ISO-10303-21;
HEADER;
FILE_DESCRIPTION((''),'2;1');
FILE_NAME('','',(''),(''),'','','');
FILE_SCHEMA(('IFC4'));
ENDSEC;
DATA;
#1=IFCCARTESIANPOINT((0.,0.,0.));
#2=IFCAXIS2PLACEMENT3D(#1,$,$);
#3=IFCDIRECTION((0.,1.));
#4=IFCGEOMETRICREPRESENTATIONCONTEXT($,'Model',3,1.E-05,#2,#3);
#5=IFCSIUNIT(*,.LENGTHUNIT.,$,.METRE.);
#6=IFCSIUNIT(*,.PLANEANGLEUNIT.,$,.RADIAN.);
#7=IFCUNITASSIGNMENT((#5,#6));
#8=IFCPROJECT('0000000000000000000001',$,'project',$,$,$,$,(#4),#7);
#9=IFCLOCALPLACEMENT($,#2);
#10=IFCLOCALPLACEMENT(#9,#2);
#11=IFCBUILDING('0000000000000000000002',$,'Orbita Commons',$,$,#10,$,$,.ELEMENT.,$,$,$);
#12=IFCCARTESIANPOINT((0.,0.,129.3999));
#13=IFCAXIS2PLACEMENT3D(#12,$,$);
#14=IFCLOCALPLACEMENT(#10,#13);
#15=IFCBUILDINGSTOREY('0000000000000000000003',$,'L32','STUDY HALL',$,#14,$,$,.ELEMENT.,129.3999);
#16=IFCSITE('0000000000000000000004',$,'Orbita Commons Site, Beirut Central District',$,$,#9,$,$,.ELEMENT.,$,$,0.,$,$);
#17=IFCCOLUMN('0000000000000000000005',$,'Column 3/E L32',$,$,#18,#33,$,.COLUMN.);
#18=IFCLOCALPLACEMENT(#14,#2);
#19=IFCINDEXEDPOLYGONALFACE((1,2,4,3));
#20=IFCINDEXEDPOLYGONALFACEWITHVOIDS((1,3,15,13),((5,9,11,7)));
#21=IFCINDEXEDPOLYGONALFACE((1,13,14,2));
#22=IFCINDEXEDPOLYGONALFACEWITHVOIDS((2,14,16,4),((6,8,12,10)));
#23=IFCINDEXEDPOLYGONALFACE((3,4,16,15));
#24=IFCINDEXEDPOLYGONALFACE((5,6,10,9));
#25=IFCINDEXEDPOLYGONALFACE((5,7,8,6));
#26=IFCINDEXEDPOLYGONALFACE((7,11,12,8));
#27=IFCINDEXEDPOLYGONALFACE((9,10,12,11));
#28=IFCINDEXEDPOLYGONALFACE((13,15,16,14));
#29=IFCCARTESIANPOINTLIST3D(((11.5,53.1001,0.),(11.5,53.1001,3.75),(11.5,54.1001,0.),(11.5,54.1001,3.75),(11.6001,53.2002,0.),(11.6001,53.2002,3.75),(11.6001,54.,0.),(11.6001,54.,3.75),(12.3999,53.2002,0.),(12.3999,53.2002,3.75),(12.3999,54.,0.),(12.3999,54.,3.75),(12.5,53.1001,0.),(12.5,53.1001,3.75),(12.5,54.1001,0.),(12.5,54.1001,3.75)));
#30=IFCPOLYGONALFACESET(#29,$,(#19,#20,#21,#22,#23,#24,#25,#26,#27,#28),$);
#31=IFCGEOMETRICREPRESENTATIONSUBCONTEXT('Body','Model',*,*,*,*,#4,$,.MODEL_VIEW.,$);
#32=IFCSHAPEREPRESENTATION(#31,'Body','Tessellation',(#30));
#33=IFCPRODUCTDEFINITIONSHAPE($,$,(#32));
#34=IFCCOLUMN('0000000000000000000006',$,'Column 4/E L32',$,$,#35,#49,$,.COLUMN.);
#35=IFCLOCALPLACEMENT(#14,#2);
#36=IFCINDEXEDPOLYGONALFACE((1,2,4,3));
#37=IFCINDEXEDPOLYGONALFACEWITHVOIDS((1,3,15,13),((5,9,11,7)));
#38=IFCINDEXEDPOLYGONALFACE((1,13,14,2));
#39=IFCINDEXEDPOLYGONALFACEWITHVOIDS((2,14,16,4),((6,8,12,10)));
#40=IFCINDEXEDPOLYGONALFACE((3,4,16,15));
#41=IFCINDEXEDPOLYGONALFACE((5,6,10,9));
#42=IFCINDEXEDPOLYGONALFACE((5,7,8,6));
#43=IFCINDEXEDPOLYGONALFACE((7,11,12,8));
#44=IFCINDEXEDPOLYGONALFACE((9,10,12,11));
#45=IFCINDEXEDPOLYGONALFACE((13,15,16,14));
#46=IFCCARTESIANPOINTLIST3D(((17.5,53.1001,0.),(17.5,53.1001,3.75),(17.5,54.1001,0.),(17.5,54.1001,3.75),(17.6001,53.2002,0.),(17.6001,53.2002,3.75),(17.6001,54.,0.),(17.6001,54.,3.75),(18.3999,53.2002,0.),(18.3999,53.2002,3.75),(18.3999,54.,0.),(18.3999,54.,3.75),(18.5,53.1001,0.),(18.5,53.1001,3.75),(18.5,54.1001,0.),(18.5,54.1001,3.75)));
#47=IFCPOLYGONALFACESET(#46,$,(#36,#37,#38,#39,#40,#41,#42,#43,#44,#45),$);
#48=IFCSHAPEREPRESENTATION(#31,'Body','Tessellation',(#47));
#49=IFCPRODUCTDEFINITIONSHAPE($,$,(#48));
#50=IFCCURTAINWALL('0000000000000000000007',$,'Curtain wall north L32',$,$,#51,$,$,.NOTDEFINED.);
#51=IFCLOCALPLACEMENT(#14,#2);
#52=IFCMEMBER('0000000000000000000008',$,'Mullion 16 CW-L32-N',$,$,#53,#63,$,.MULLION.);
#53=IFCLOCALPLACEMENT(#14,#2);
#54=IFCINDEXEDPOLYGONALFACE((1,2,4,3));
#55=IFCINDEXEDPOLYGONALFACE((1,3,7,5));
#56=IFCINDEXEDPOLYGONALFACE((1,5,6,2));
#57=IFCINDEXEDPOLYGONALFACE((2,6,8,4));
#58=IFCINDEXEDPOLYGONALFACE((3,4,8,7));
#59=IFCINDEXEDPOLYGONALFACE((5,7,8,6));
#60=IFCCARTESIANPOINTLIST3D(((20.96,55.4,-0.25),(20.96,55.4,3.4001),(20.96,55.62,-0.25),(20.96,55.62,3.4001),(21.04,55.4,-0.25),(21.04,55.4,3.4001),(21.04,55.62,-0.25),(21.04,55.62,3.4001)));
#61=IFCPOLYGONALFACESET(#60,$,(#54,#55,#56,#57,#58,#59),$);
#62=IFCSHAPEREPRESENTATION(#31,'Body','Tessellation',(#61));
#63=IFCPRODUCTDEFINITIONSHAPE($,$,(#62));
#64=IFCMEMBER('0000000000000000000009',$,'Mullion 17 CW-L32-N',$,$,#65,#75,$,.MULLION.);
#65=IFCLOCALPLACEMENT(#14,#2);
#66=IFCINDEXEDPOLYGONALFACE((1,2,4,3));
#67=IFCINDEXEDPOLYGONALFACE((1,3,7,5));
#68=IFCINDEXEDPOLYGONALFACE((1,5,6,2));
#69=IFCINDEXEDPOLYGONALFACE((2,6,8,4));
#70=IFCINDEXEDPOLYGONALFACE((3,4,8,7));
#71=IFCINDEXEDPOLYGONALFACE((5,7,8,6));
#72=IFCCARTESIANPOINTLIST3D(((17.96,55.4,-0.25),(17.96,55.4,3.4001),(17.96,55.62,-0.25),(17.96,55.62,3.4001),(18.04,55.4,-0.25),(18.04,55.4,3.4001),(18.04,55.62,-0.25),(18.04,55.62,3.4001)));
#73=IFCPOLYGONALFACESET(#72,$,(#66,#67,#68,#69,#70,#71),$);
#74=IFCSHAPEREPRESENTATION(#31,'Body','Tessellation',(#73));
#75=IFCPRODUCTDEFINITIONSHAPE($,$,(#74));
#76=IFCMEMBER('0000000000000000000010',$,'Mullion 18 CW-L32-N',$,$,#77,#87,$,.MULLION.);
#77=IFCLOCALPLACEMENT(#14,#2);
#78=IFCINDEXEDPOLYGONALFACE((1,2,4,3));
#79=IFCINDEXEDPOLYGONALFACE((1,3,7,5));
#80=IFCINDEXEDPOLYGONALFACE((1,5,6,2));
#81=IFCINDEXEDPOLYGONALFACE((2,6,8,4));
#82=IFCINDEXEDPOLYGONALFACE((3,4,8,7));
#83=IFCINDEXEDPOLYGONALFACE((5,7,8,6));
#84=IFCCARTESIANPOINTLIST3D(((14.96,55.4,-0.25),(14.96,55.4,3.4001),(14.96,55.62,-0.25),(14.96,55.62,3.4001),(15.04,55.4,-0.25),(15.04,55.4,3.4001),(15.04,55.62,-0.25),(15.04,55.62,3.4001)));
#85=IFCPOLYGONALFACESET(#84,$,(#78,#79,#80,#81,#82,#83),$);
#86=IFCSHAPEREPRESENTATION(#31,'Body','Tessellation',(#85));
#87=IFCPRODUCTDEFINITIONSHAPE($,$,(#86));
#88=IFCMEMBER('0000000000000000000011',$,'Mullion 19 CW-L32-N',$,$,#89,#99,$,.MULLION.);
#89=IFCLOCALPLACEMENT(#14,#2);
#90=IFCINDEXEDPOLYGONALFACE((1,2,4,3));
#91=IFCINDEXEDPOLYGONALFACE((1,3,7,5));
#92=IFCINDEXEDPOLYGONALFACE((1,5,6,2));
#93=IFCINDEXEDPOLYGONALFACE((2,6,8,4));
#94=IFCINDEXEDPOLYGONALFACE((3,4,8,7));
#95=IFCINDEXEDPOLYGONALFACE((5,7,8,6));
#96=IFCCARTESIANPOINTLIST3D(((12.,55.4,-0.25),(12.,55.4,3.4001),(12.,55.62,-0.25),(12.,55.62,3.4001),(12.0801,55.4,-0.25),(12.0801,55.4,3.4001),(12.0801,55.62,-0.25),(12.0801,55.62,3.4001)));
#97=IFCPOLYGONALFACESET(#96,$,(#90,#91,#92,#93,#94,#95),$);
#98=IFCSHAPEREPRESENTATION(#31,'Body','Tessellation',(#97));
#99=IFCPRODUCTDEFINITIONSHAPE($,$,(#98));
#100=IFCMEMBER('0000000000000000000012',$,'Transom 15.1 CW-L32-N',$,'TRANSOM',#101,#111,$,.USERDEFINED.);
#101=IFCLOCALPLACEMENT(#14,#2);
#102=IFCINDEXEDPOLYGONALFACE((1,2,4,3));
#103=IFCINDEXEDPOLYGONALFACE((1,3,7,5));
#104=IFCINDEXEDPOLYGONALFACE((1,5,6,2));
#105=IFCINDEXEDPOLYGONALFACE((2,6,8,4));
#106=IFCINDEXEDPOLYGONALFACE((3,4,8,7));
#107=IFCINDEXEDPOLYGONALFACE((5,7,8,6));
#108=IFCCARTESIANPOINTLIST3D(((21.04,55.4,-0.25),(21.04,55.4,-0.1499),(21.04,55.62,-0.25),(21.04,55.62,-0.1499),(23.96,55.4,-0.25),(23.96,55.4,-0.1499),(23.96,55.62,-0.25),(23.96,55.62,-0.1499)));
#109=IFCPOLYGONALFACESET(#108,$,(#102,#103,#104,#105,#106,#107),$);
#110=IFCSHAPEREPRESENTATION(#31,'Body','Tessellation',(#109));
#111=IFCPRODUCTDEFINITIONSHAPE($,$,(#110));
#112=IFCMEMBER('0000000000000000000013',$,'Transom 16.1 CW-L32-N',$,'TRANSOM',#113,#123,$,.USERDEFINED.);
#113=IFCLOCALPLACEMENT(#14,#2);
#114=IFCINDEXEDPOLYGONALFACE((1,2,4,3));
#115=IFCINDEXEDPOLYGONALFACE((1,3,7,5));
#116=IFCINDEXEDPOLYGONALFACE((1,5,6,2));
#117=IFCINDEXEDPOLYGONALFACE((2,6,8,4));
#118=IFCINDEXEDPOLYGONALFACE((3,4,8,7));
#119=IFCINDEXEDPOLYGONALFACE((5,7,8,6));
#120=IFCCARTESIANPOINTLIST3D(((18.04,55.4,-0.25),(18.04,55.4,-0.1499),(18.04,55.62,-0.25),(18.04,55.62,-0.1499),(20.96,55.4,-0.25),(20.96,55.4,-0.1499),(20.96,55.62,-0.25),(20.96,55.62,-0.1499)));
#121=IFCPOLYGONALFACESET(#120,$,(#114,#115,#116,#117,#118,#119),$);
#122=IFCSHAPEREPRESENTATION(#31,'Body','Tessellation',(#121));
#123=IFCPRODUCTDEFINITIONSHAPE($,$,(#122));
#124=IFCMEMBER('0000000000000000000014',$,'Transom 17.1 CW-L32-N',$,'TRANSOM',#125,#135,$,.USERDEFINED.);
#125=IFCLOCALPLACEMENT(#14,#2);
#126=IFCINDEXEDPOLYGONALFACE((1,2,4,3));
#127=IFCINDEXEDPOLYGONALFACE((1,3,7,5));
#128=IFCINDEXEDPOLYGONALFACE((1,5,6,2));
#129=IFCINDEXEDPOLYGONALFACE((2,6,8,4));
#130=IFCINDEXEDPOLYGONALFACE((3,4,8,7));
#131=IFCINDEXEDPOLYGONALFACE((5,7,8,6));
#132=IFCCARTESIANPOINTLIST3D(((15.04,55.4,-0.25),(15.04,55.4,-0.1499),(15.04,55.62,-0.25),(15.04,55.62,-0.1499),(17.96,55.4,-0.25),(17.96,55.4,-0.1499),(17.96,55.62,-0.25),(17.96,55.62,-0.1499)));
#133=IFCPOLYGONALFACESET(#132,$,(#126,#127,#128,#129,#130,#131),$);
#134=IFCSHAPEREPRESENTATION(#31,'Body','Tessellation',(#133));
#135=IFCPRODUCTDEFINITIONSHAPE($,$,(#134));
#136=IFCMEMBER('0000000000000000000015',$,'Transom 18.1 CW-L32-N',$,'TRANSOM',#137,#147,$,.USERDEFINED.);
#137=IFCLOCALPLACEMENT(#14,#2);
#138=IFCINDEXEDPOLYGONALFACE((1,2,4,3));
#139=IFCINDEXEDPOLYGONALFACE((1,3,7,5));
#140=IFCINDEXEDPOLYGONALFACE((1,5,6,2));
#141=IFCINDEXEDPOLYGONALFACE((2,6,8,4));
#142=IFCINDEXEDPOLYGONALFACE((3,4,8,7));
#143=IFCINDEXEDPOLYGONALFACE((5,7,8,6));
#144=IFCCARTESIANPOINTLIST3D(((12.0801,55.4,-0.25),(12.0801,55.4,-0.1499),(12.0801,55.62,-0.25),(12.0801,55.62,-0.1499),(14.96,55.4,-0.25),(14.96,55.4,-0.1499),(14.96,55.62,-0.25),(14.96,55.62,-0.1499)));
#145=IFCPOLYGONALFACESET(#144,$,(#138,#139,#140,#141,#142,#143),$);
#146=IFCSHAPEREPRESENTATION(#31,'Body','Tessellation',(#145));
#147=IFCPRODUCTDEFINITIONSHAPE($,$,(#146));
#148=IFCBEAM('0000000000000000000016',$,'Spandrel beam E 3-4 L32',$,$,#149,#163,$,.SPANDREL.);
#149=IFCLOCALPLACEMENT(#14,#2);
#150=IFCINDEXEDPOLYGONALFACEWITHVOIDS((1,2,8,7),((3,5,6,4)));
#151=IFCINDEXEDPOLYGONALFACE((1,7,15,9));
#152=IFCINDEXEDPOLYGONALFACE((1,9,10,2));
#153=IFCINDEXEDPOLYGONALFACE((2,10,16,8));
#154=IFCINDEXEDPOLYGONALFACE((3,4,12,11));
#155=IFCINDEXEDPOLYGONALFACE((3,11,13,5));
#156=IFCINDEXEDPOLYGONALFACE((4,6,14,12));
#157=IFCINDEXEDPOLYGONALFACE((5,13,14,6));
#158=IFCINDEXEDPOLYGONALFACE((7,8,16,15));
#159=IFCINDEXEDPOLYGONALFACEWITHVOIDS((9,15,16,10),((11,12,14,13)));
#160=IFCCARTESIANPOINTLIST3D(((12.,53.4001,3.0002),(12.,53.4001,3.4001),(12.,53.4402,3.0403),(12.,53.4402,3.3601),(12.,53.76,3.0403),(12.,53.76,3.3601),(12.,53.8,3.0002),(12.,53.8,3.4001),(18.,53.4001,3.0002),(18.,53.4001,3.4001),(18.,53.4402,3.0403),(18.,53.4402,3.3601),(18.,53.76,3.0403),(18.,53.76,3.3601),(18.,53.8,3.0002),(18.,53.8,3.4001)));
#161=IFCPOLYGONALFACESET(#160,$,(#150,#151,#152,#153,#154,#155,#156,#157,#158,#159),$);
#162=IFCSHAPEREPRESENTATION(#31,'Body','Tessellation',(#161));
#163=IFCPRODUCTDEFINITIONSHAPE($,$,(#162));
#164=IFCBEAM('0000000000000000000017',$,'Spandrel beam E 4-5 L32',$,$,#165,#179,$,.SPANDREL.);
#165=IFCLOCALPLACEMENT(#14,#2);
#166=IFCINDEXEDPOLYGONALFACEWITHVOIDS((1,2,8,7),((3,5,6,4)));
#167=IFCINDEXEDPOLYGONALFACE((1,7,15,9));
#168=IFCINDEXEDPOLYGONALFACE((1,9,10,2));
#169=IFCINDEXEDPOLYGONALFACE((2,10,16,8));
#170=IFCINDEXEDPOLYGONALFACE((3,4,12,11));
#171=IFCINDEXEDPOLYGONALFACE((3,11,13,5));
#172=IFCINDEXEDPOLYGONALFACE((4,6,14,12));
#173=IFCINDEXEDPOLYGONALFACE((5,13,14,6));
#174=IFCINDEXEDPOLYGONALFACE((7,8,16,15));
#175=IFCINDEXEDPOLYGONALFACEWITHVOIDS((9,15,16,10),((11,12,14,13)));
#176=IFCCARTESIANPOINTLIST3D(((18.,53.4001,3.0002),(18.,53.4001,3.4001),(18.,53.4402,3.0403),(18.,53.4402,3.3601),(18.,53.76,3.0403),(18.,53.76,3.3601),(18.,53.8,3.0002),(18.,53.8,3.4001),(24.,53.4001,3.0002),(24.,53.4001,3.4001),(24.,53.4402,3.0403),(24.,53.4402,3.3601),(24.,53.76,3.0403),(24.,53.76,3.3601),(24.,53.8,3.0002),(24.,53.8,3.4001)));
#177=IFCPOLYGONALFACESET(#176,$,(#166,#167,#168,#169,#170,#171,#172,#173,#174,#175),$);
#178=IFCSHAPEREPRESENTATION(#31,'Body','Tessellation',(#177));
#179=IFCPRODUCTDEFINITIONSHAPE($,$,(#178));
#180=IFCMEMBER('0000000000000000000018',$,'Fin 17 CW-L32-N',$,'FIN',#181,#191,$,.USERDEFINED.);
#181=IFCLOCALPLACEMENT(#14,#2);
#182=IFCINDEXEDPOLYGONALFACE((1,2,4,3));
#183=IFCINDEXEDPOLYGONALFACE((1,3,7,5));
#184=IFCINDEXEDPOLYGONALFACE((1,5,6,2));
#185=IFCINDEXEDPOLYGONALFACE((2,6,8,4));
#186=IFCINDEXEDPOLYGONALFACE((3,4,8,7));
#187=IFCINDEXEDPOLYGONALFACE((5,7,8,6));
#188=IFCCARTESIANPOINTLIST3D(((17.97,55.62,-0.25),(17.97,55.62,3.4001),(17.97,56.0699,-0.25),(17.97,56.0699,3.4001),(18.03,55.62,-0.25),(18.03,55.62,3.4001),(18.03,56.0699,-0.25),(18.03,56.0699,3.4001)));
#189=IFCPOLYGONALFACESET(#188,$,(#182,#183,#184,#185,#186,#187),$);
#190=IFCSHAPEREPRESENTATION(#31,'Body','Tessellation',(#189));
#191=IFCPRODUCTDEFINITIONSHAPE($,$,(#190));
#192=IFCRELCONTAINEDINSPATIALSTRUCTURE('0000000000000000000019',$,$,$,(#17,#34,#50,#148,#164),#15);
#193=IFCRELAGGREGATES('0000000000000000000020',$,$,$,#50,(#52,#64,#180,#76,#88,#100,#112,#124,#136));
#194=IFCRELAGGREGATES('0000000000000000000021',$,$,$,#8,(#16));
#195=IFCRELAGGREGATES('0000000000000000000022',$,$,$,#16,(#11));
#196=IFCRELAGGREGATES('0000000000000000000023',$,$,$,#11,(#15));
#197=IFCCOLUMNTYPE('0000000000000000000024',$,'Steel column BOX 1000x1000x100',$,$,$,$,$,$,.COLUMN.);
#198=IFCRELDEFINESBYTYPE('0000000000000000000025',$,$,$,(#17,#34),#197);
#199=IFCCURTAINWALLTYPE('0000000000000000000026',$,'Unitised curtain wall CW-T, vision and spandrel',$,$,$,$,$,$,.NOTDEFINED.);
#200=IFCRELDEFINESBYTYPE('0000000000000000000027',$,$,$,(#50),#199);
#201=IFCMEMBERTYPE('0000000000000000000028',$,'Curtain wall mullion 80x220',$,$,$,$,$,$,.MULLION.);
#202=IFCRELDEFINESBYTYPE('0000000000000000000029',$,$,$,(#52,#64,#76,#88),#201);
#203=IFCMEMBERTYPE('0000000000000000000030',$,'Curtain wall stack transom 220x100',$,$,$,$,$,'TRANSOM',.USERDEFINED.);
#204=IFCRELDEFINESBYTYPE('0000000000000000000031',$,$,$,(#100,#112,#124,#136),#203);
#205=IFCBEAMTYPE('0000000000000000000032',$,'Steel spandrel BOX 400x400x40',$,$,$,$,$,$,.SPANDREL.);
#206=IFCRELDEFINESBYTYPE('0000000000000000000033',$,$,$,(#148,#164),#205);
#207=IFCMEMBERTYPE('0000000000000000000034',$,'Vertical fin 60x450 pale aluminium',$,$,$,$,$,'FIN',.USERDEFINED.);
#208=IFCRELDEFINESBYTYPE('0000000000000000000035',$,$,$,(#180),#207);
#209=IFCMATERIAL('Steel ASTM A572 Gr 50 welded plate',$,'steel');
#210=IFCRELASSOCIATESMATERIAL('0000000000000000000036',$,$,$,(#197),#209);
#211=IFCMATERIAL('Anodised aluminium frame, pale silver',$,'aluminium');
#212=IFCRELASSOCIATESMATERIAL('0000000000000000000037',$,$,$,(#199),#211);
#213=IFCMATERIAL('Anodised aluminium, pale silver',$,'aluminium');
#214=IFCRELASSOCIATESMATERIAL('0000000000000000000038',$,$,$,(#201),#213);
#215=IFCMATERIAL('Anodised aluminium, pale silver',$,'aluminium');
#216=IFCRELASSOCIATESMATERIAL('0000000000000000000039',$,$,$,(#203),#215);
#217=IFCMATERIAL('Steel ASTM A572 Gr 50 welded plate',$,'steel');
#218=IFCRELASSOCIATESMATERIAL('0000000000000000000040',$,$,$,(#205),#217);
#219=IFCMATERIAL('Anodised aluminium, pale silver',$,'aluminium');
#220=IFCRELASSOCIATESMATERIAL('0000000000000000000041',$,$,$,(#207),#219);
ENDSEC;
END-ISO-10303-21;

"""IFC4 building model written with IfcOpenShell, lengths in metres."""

from ifc_helpers import new_model, si_unit, direction, frame, origin, origin_2d, place, context, subcontext, project, spatial, rectangle, hollow_rectangle, extrude, material, material_profile, profile_set, type_object, element, aggregate, save


model = new_model("IFC4")

# Units and contexts
model_context = context("Model", 3, precision=1e-05, world=origin(), true_north=direction((0.0, 1.0)))
body_context = subcontext(model_context, "Body", "Model", "MODEL_VIEW")
ifc_project = project(units=[si_unit("LENGTHUNIT", "METRE"), si_unit("PLANEANGLEUNIT", "RADIAN")], contexts=[model_context])

# Site, building, storey
site_placement = place(None, origin())
site = spatial("IfcSite", under=ifc_project, at=site_placement, Name="Orbita Commons Site, Beirut Central District", CompositionType="ELEMENT", RefElevation=0.0)
building_placement = place(site_placement, origin())
building = spatial("IfcBuilding", under=site, at=building_placement, Name="Orbita Commons", CompositionType="ELEMENT")
storey_placement = place(building_placement, frame((0.0, 0.0, 129.3999)))
storey = spatial("IfcBuildingStorey", under=building, at=storey_placement, Name="L32", Description="STUDY HALL", CompositionType="ELEMENT", Elevation=129.3999)

# Columns
ifc_material_1 = material(Name="Steel ASTM A572 Gr 50 welded plate", Category="steel")
ifc_material_profile_1 = material_profile(ifc_material_1, hollow_rectangle(XDim=1.0, YDim=1.0, WallThickness=0.1001, at=origin_2d()), Name="BOX 1000x1000x100")
ifc_profile_set_1 = profile_set([ifc_material_profile_1], Name="Steel ASTM A572 Gr 50 welded plate")
column_type = type_object("IfcColumnType", Name="Steel column BOX 1000x1000x100", PredefinedType="COLUMN", material=ifc_profile_set_1)
for number, where, z_axis, x_axis, name in (
    (1, (12.0, 53.6001, 0.0), (0.0, 0.0, 1.0), (1.0, 0.0, 0.0), "Column 3/E L32"),
    (2, (18.0, 53.6001, 0.0), (0.0, 0.0, 1.0), (1.0, 0.0, 0.0), "Column 4/E L32"),
):
    element("IfcColumn", number, at=place(storey_placement, frame(where, z_axis=z_axis, x_axis=x_axis)), inside=storey, type_object=column_type, Name=name, PredefinedType="COLUMN", context=body_context, shape_type="SweptSolid", body=[
        extrude(hollow_rectangle(XDim=1.0, YDim=1.0, WallThickness=0.1001, at=origin_2d()), origin(), (0.0, 0.0, 1.0), 3.75),
    ])

# Curtain wall, members
ifc_material_2 = material(Name="Anodised aluminium frame, pale silver", Category="aluminium")
curtain_wall_type = type_object("IfcCurtainWallType", Name="Unitised curtain wall CW-T, vision and spandrel", PredefinedType="NOTDEFINED", material=ifc_material_2)
curtain_wall_placement = place(storey_placement, origin())
curtain_wall = element("IfcCurtainWall", 3, at=curtain_wall_placement, inside=storey, type_object=curtain_wall_type, Name="Curtain wall north L32", PredefinedType="NOTDEFINED")
ifc_material_3 = material(Name="Anodised aluminium, pale silver", Category="aluminium")
ifc_material_profile_2 = material_profile(ifc_material_3, rectangle(XDim=0.0801, YDim=0.22, at=origin_2d()), Name="AL 80x220")
ifc_profile_set_2 = profile_set([ifc_material_profile_2], Name="Anodised aluminium, pale silver")
member_type_1 = type_object("IfcMemberType", Name="Curtain wall mullion 80x220", PredefinedType="MULLION", material=ifc_profile_set_2)
member_1_placement = place(storey_placement, frame((21.0, 55.51, -0.25), z_axis=(0.0, 0.0, 1.0), x_axis=(-1.0, 0.0, 0.0)))
member_1 = element("IfcMember", 4, at=member_1_placement, type_object=member_type_1, Name="Mullion 16 CW-L32-N", PredefinedType="MULLION", context=body_context, shape_type="SweptSolid", body=[
    extrude(rectangle(XDim=0.0801, YDim=0.22, at=origin_2d()), origin(), (0.0, 0.0, 1.0), 3.6501),
])
member_2_placement = place(storey_placement, frame((18.0, 55.51, -0.25), z_axis=(0.0, 0.0, 1.0), x_axis=(-1.0, 0.0, 0.0)))
member_2 = element("IfcMember", 5, at=member_2_placement, type_object=member_type_1, Name="Mullion 17 CW-L32-N", PredefinedType="MULLION", context=body_context, shape_type="SweptSolid", body=[
    extrude(rectangle(XDim=0.0801, YDim=0.22, at=origin_2d()), origin(), (0.0, 0.0, 1.0), 3.6501),
])
member_3_placement = place(storey_placement, frame((15.0, 55.51, -0.25), z_axis=(0.0, 0.0, 1.0), x_axis=(-1.0, 0.0, 0.0)))
member_3 = element("IfcMember", 6, at=member_3_placement, type_object=member_type_1, Name="Mullion 18 CW-L32-N", PredefinedType="MULLION", context=body_context, shape_type="SweptSolid", body=[
    extrude(rectangle(XDim=0.0801, YDim=0.22, at=origin_2d()), origin(), (0.0, 0.0, 1.0), 3.6501),
])
member_4_placement = place(storey_placement, frame((12.04, 55.51, -0.25), z_axis=(0.0, 0.0, 1.0), x_axis=(-1.0, 0.0, 0.0)))
member_4 = element("IfcMember", 7, at=member_4_placement, type_object=member_type_1, Name="Mullion 19 CW-L32-N", PredefinedType="MULLION", context=body_context, shape_type="SweptSolid", body=[
    extrude(rectangle(XDim=0.0801, YDim=0.22, at=origin_2d()), origin(), (0.0, 0.0, 1.0), 3.6501),
])
ifc_material_4 = material(Name="Anodised aluminium, pale silver", Category="aluminium")
ifc_material_profile_3 = material_profile(ifc_material_4, rectangle(XDim=0.22, YDim=0.1001, at=origin_2d()), Name="AL 220x100")
ifc_profile_set_3 = profile_set([ifc_material_profile_3], Name="Anodised aluminium, pale silver")
member_type_2 = type_object("IfcMemberType", Name="Curtain wall stack transom 220x100", ElementType="TRANSOM", PredefinedType="USERDEFINED", material=ifc_profile_set_3)
member_5_placement = place(storey_placement, frame((23.96, 55.51, -0.2), z_axis=(-1.0, 0.0, 0.0), x_axis=(0.0, -1.0, 0.0)))
member_5 = element("IfcMember", 8, at=member_5_placement, type_object=member_type_2, Name="Transom 15.1 CW-L32-N", ObjectType="TRANSOM", PredefinedType="USERDEFINED", context=body_context, shape_type="SweptSolid", body=[
    extrude(rectangle(XDim=0.22, YDim=0.1001, at=origin_2d()), origin(), (0.0, 0.0, 1.0), 2.9199),
])
member_6_placement = place(storey_placement, frame((20.96, 55.51, -0.2), z_axis=(-1.0, 0.0, 0.0), x_axis=(0.0, -1.0, 0.0)))
member_6 = element("IfcMember", 9, at=member_6_placement, type_object=member_type_2, Name="Transom 16.1 CW-L32-N", ObjectType="TRANSOM", PredefinedType="USERDEFINED", context=body_context, shape_type="SweptSolid", body=[
    extrude(rectangle(XDim=0.22, YDim=0.1001, at=origin_2d()), origin(), (0.0, 0.0, 1.0), 2.9199),
])
member_7_placement = place(storey_placement, frame((17.96, 55.51, -0.2), z_axis=(-1.0, 0.0, 0.0), x_axis=(0.0, -1.0, 0.0)))
member_7 = element("IfcMember", 10, at=member_7_placement, type_object=member_type_2, Name="Transom 17.1 CW-L32-N", ObjectType="TRANSOM", PredefinedType="USERDEFINED", context=body_context, shape_type="SweptSolid", body=[
    extrude(rectangle(XDim=0.22, YDim=0.1001, at=origin_2d()), origin(), (0.0, 0.0, 1.0), 2.9199),
])
member_8_placement = place(storey_placement, frame((14.96, 55.51, -0.2), z_axis=(-1.0, 0.0, 0.0), x_axis=(0.0, -1.0, 0.0)))
member_8 = element("IfcMember", 11, at=member_8_placement, type_object=member_type_2, Name="Transom 18.1 CW-L32-N", ObjectType="TRANSOM", PredefinedType="USERDEFINED", context=body_context, shape_type="SweptSolid", body=[
    extrude(rectangle(XDim=0.22, YDim=0.1001, at=origin_2d()), origin(), (0.0, 0.0, 1.0), 2.8799),
])

# Beams
ifc_material_5 = material(Name="Steel ASTM A572 Gr 50 welded plate", Category="steel")
ifc_material_profile_4 = material_profile(ifc_material_5, hollow_rectangle(XDim=0.3999, YDim=0.3999, WallThickness=0.04, at=origin_2d()), Name="BOX 400x400x40")
ifc_profile_set_4 = profile_set([ifc_material_profile_4], Name="Steel ASTM A572 Gr 50 welded plate")
beam_type = type_object("IfcBeamType", Name="Steel spandrel BOX 400x400x40", PredefinedType="SPANDREL", material=ifc_profile_set_4)
for number, where, z_axis, x_axis, name in (
    (12, (12.0, 53.6001, 3.2002), (1.0, 0.0, 0.0), (0.0, 1.0, 0.0), "Spandrel beam E 3-4 L32"),
    (13, (18.0, 53.6001, 3.2002), (1.0, 0.0, 0.0), (0.0, 1.0, 0.0), "Spandrel beam E 4-5 L32"),
):
    element("IfcBeam", number, at=place(storey_placement, frame(where, z_axis=z_axis, x_axis=x_axis)), inside=storey, type_object=beam_type, Name=name, PredefinedType="SPANDREL", context=body_context, shape_type="SweptSolid", body=[
        extrude(hollow_rectangle(XDim=0.3999, YDim=0.3999, WallThickness=0.04, at=origin_2d()), origin(), (0.0, 0.0, 1.0), 6.0),
    ])

# Member
ifc_material_6 = material(Name="Anodised aluminium, pale silver", Category="aluminium")
ifc_material_profile_5 = material_profile(ifc_material_6, rectangle(XDim=0.0601, YDim=0.45, at=origin_2d()), Name="FIN 60x450")
ifc_profile_set_5 = profile_set([ifc_material_profile_5], Name="Anodised aluminium, pale silver")
member_type_3 = type_object("IfcMemberType", Name="Vertical fin 60x450 pale aluminium", ElementType="FIN", PredefinedType="USERDEFINED", material=ifc_profile_set_5)
member_9_placement = place(storey_placement, frame((18.0, 55.845, -0.25), z_axis=(0.0, 0.0, 1.0), x_axis=(-1.0, 0.0, 0.0)))
member_9 = element("IfcMember", 14, at=member_9_placement, type_object=member_type_3, Name="Fin 17 CW-L32-N", ObjectType="FIN", PredefinedType="USERDEFINED", context=body_context, shape_type="SweptSolid", body=[
    extrude(rectangle(XDim=0.0601, YDim=0.45, at=origin_2d()), origin(), (0.0, 0.0, 1.0), 3.6501),
])

aggregate(curtain_wall, [member_1, member_2, member_9, member_3, member_4, member_5, member_6, member_7, member_8])

save(model, "model.ifc")
